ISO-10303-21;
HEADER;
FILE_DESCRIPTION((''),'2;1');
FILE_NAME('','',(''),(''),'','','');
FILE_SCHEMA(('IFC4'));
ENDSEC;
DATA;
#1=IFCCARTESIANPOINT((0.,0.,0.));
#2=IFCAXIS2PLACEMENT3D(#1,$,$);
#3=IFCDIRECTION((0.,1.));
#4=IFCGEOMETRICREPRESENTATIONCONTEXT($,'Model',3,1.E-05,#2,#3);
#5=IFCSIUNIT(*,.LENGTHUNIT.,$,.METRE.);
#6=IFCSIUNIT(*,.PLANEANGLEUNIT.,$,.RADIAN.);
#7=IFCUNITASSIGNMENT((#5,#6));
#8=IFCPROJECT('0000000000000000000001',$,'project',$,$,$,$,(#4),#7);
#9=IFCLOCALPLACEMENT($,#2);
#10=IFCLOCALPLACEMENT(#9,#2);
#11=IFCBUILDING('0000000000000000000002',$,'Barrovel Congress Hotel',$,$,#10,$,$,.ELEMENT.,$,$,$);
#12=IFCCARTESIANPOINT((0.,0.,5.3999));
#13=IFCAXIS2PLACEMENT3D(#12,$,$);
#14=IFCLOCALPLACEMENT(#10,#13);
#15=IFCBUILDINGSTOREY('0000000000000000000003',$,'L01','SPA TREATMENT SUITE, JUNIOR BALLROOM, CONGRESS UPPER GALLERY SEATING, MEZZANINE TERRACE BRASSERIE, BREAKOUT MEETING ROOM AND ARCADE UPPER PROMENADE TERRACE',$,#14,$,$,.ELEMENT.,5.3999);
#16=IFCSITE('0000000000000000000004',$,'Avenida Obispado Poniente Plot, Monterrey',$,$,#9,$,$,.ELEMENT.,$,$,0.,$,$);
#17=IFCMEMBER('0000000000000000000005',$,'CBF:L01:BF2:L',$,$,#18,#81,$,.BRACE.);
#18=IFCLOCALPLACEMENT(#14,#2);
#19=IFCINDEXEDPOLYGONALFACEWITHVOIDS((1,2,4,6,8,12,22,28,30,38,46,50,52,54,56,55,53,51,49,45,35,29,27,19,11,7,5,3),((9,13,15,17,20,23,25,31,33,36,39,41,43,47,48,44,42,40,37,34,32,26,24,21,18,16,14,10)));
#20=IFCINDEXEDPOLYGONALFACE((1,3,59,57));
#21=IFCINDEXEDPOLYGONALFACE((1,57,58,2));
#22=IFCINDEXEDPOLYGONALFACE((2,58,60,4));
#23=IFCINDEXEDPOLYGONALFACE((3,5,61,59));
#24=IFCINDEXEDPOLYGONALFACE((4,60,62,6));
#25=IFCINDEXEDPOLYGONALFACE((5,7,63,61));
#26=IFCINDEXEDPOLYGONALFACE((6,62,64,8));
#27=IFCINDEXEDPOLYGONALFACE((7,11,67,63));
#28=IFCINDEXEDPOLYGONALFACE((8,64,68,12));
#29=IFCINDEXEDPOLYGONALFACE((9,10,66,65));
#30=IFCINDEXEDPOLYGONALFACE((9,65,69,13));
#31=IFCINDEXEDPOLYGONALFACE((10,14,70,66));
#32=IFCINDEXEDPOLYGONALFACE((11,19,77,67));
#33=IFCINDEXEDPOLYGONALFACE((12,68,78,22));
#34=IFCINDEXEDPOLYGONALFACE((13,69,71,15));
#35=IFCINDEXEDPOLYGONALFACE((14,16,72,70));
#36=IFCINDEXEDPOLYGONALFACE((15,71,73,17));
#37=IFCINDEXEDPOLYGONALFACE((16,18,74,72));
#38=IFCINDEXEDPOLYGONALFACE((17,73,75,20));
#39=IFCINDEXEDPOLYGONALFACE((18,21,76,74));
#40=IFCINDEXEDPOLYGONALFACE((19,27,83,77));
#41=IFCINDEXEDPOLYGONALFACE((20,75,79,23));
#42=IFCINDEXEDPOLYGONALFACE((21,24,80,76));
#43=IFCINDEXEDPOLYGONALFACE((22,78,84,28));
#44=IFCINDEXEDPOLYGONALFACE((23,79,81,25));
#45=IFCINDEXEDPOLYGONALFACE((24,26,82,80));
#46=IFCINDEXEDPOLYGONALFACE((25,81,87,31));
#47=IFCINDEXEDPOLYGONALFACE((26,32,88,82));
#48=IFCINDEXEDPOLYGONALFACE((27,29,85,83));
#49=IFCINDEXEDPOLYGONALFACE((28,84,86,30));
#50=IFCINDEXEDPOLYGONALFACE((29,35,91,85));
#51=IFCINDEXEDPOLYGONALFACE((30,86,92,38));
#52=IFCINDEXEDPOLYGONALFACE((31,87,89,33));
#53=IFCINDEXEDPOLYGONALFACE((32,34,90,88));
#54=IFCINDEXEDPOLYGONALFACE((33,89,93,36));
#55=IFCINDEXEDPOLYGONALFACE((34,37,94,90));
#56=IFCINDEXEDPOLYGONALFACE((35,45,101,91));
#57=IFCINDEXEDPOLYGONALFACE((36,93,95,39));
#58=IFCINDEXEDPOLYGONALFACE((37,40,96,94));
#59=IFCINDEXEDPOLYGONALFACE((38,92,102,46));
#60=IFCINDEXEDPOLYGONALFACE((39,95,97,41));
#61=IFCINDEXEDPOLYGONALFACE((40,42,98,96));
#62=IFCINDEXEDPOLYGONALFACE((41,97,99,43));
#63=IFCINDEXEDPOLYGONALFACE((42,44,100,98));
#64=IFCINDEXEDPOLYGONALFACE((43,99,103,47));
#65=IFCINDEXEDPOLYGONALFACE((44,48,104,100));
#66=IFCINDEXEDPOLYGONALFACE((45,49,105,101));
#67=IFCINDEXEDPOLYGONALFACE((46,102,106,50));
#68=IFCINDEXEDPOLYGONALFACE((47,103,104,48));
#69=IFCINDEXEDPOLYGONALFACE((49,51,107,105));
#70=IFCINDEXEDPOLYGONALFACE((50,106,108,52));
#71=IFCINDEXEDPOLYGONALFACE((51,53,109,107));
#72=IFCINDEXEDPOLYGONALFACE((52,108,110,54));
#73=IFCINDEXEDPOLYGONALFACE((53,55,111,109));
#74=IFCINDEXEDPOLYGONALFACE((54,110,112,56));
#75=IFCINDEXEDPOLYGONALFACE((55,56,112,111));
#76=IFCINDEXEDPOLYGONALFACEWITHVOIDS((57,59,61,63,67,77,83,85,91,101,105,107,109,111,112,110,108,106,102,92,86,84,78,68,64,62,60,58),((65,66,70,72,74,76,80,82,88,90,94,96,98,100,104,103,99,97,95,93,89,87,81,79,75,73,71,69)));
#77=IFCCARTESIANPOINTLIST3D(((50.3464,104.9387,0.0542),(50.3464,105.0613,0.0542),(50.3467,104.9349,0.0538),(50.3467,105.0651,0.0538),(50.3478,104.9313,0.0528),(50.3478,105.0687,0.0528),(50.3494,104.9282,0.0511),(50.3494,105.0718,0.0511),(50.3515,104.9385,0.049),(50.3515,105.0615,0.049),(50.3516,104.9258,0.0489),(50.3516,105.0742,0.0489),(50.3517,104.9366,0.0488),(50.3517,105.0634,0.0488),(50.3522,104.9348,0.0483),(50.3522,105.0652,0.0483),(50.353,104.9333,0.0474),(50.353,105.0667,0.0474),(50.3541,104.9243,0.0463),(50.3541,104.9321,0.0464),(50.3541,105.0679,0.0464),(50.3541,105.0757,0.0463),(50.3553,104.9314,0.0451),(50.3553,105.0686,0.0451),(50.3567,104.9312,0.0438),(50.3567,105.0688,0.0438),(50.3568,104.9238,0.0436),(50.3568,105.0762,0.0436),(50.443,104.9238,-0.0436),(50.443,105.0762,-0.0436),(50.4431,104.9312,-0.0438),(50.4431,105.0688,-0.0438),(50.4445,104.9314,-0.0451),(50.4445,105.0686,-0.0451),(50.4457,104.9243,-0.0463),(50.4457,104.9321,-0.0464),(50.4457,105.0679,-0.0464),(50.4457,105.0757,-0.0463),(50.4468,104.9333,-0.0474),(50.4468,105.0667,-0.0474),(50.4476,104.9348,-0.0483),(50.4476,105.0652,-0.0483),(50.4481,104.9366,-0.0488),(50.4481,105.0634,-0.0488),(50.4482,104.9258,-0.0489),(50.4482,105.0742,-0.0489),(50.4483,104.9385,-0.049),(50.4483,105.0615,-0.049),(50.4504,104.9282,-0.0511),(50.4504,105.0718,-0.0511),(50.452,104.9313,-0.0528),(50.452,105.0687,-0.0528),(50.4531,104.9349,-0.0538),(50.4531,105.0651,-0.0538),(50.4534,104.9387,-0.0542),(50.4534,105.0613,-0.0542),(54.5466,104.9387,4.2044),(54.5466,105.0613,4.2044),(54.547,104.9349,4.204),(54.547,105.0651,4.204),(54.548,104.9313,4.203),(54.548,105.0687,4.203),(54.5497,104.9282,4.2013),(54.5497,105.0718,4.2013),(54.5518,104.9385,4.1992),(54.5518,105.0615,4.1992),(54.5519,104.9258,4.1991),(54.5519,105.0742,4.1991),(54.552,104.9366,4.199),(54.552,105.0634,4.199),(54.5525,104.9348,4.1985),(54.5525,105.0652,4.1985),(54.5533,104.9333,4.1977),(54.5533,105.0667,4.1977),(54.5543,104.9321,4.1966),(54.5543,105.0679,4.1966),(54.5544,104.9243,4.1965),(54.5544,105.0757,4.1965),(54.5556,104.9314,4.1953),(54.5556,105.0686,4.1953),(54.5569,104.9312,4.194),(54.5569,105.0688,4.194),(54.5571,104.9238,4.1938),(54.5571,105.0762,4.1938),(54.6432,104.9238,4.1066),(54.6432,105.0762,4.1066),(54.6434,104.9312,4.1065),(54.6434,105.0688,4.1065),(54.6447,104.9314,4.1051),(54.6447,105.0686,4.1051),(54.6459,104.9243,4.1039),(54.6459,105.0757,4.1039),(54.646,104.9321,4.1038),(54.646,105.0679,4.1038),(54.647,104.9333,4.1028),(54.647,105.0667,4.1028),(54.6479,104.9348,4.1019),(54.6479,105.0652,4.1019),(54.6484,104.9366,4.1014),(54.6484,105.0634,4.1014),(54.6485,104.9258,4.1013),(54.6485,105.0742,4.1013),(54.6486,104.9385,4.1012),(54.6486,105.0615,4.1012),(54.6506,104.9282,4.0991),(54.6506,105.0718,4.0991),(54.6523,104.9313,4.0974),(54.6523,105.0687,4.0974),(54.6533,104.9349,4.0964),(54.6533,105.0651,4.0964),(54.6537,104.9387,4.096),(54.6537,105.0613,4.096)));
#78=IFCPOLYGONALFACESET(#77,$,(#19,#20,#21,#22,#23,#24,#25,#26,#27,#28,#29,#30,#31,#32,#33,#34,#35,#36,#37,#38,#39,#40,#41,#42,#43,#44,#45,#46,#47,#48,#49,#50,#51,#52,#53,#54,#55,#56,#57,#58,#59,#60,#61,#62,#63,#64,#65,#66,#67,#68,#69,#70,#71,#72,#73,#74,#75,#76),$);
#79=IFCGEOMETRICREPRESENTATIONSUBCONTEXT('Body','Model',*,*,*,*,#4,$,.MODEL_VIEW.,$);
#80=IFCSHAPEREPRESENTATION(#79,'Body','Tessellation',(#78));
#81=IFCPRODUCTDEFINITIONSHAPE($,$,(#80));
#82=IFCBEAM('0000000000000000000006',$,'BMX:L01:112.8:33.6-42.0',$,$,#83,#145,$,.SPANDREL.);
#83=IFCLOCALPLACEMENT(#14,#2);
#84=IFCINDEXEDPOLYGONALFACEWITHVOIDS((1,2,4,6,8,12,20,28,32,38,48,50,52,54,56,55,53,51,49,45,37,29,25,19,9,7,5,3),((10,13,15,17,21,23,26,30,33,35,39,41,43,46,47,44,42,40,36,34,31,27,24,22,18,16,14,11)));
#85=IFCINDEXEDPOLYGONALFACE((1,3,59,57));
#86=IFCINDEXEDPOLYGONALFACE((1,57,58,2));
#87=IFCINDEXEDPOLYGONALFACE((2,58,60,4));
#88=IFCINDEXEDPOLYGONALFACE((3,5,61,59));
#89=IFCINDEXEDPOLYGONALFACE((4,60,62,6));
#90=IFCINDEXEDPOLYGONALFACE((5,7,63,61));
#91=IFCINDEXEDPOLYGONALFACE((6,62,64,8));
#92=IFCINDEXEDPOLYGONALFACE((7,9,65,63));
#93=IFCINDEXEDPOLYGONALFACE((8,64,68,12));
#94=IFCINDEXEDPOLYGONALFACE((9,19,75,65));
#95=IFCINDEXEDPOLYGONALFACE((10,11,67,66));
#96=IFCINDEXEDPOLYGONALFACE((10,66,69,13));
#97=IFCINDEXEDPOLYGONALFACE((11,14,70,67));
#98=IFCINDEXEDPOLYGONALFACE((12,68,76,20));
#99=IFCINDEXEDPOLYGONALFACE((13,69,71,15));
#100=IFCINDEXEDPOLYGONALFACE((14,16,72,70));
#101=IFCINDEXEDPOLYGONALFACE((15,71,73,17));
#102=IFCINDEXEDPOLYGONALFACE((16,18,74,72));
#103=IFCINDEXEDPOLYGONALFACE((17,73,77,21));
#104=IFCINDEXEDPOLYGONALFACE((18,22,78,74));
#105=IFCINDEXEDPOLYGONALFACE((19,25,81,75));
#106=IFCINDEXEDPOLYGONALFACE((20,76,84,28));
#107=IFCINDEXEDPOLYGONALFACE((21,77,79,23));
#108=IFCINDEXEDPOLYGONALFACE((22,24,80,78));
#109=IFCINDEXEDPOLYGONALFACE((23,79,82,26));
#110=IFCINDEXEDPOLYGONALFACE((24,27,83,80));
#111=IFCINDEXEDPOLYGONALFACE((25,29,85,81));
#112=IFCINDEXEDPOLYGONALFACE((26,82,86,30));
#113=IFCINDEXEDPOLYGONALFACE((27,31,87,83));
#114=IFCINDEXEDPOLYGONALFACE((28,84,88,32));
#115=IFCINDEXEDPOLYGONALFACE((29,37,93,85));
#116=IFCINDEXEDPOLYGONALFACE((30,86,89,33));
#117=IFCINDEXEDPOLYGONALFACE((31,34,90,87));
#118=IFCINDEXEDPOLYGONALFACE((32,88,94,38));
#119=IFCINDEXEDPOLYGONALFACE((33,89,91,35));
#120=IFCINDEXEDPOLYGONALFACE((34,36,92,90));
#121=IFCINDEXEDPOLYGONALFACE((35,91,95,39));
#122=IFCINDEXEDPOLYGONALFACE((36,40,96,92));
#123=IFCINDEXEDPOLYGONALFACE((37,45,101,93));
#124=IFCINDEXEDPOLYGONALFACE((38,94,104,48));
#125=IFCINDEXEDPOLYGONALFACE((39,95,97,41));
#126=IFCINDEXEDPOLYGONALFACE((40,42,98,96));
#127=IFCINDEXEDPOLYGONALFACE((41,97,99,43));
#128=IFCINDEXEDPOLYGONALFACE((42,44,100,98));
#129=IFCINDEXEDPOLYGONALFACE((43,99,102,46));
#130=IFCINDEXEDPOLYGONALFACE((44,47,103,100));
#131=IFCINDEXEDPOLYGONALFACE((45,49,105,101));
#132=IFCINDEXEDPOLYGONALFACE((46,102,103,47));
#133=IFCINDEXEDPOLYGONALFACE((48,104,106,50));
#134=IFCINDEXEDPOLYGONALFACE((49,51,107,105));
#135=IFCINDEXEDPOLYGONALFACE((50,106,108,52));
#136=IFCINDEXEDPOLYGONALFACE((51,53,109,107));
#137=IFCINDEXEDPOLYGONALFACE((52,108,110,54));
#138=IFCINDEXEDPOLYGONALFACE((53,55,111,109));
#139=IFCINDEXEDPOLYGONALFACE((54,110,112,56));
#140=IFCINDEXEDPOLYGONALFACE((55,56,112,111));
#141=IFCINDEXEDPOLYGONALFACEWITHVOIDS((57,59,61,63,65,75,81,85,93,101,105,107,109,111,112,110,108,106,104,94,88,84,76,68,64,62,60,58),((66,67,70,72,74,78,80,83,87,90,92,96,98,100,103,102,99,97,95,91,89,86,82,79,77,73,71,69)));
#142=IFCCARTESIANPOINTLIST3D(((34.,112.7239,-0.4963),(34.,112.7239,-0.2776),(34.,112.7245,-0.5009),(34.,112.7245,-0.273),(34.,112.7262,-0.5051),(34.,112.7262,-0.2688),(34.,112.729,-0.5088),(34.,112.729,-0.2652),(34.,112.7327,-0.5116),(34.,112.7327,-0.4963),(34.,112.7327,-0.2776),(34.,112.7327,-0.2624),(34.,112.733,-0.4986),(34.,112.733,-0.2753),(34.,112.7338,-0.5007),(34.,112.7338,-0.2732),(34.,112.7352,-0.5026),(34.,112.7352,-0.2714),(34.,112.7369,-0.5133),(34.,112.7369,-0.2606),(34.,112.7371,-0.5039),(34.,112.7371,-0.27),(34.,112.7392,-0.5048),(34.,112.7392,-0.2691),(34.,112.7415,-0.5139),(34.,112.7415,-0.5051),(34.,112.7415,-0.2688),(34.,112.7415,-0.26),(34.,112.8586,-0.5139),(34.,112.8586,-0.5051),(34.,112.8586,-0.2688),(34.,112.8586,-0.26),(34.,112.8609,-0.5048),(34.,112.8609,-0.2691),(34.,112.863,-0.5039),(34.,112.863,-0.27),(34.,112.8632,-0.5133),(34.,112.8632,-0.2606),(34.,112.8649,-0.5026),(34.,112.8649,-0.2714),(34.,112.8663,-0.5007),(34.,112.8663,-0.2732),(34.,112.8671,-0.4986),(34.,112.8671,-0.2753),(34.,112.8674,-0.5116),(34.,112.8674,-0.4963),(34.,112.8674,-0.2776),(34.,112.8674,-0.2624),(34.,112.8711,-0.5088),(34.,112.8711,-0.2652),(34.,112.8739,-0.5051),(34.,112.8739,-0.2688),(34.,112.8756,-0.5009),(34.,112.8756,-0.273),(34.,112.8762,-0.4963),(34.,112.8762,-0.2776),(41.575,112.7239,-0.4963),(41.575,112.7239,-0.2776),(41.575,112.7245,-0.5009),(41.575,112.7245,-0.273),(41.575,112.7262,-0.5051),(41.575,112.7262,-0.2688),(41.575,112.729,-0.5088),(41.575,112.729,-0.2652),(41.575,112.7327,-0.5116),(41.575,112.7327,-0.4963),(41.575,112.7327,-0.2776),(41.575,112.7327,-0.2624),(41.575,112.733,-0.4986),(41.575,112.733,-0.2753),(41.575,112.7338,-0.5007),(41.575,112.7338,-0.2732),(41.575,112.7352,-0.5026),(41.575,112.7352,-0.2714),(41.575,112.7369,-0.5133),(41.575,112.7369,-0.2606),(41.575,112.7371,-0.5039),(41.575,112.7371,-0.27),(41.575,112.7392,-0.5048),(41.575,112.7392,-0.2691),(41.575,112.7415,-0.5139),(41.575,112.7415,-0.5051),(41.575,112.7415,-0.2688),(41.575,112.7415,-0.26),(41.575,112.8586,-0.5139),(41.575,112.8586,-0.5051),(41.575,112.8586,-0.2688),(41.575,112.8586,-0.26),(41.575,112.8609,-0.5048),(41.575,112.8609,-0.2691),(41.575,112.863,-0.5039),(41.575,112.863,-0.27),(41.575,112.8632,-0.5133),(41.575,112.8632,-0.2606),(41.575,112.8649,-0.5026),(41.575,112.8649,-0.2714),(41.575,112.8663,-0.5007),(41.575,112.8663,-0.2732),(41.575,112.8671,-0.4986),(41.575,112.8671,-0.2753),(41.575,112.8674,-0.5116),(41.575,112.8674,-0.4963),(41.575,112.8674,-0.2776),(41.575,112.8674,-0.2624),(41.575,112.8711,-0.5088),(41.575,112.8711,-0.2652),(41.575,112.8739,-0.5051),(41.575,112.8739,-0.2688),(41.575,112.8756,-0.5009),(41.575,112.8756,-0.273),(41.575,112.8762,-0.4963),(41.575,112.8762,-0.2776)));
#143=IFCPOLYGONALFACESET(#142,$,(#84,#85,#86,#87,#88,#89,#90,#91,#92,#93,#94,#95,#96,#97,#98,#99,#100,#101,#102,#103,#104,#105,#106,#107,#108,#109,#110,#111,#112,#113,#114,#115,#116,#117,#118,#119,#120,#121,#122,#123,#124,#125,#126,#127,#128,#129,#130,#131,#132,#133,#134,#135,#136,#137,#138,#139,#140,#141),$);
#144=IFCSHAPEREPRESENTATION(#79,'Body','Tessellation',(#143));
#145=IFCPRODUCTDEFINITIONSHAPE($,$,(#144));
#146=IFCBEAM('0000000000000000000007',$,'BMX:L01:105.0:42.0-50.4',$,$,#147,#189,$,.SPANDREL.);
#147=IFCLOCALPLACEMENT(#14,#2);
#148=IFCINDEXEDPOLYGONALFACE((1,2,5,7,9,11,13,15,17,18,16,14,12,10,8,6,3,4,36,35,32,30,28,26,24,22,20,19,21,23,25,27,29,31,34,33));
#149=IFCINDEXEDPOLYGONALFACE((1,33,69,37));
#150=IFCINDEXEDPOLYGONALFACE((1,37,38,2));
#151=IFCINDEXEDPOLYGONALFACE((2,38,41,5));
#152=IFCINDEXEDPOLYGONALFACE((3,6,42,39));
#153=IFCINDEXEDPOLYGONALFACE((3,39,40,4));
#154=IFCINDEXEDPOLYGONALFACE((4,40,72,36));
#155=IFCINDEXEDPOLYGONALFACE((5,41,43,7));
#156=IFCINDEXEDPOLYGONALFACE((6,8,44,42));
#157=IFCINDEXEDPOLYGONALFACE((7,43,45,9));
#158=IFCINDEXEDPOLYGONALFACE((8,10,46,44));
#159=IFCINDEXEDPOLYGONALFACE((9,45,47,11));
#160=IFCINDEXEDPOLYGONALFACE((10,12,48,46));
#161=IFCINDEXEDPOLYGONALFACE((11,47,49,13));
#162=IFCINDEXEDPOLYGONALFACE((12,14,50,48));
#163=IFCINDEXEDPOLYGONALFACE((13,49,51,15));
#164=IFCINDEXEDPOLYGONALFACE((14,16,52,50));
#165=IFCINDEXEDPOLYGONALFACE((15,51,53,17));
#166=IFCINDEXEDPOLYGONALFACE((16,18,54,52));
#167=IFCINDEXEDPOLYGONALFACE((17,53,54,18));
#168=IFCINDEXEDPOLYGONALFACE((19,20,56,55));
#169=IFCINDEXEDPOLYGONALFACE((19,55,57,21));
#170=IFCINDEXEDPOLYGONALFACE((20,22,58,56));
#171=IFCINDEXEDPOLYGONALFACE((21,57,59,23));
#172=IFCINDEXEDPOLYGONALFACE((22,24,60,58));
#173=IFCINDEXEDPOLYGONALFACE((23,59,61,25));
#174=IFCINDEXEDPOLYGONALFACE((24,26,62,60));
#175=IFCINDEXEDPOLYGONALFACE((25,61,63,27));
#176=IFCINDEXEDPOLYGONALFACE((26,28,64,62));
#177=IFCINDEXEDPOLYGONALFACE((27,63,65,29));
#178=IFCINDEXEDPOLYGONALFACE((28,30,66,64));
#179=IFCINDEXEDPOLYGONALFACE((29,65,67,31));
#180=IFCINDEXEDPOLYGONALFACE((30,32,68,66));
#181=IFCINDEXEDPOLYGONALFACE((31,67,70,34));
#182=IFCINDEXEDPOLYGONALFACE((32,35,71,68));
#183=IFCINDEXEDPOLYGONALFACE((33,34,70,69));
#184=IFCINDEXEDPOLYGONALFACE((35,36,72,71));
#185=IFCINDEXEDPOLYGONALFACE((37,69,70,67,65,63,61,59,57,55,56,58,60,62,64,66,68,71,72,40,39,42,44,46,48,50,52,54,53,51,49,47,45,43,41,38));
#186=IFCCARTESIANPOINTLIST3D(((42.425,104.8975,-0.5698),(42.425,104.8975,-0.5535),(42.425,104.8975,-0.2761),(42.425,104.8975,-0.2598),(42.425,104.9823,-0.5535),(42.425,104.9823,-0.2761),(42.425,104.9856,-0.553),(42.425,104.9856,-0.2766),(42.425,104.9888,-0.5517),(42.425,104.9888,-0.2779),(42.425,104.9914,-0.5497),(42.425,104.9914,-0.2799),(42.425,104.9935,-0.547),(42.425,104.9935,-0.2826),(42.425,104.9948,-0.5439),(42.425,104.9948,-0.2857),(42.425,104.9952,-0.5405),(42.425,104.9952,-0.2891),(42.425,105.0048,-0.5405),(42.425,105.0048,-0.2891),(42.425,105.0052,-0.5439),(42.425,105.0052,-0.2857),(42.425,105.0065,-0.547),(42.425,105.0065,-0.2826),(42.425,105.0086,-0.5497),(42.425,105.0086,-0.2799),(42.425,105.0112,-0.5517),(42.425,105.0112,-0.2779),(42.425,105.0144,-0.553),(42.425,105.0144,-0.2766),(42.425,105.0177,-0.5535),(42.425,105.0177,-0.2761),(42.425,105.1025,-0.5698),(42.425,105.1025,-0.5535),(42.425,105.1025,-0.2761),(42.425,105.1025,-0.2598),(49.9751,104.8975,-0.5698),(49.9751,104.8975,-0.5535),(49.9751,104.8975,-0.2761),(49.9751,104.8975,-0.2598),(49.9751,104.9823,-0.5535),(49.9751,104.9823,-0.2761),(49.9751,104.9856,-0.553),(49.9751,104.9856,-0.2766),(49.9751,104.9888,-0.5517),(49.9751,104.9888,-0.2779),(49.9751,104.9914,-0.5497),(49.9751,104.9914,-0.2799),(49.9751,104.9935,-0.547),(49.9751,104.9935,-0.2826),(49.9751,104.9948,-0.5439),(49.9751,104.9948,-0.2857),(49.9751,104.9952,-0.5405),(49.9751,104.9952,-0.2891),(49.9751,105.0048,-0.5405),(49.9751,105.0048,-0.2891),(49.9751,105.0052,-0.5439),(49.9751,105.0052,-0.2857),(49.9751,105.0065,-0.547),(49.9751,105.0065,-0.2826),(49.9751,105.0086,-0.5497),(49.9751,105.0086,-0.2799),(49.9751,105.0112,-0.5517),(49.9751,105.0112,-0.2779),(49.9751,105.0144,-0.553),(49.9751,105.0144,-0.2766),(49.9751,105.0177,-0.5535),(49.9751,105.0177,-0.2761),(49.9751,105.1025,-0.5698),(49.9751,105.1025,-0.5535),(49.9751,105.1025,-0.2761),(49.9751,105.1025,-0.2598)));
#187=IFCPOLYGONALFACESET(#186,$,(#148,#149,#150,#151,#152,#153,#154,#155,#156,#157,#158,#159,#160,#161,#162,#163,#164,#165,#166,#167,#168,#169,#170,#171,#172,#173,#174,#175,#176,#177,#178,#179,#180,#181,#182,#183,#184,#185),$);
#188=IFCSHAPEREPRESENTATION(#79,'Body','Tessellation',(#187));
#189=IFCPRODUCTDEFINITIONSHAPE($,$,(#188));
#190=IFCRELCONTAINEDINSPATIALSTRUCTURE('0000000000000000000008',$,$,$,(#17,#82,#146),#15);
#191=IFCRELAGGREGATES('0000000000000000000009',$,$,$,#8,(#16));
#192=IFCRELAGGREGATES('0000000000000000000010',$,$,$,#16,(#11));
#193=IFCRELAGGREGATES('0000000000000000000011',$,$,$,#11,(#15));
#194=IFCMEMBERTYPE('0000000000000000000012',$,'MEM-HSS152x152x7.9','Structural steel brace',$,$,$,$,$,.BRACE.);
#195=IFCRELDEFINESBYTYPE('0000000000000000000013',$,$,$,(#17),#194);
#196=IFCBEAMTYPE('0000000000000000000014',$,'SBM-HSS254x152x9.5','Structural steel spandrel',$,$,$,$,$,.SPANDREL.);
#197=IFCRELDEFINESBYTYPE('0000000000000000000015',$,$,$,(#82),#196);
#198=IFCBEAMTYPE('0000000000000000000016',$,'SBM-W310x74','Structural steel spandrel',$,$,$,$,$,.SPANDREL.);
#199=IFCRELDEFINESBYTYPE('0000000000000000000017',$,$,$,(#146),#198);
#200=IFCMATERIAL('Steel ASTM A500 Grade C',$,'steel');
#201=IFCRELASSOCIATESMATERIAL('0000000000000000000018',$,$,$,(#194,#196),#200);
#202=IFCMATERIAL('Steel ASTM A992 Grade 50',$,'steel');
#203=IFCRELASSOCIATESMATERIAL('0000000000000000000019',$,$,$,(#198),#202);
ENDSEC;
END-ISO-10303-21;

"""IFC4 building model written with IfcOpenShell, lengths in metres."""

from ifc_helpers import new_model, si_unit, direction, frame, origin, origin_2d, place, context, subcontext, project, spatial, hollow_rectangle, i_section, extrude, material, material_profile, profile_set, type_object, element, save


model = new_model("IFC4")

# Units and contexts
model_context = context("Model", 3, precision=1e-05, world=origin(), true_north=direction((0.0, 1.0)))
body_context = subcontext(model_context, "Body", "Model", "MODEL_VIEW")
ifc_project = project(units=[si_unit("LENGTHUNIT", "METRE"), si_unit("PLANEANGLEUNIT", "RADIAN")], contexts=[model_context])

# Site, building, storey
site_placement = place(None, origin())
site = spatial("IfcSite", under=ifc_project, at=site_placement, Name="Avenida Obispado Poniente Plot, Monterrey", CompositionType="ELEMENT", RefElevation=0.0)
building_placement = place(site_placement, origin())
building = spatial("IfcBuilding", under=site, at=building_placement, Name="Barrovel Congress Hotel", CompositionType="ELEMENT")
storey_placement = place(building_placement, frame((0.0, 0.0, 5.3999)))
storey = spatial("IfcBuildingStorey", under=building, at=storey_placement, Name="L01", Description="SPA TREATMENT SUITE, JUNIOR BALLROOM, CONGRESS UPPER GALLERY SEATING, MEZZANINE TERRACE BRASSERIE, BREAKOUT MEETING ROOM AND ARCADE UPPER PROMENADE TERRACE", CompositionType="ELEMENT", Elevation=5.3999)

# Member
ifc_material_1 = material(Name="Steel ASTM A500 Grade C", Category="steel")
ifc_material_profile_1 = material_profile(ifc_material_1, hollow_rectangle(XDim=0.1523, YDim=0.1523, WallThickness=0.0073, InnerFilletRadius=0.0073, OuterFilletRadius=0.0149, at=origin_2d()), Name="HSS152x152x7.9")
ifc_profile_set_1 = profile_set([ifc_material_profile_1], Name="Steel ASTM A500 Grade C")
member_type = type_object("IfcMemberType", Name="MEM-HSS152x152x7.9", Description="Structural steel brace", PredefinedType="BRACE", material=ifc_profile_set_1)
member_placement = place(storey_placement, frame((50.3999, 105.0, 0.0), z_axis=(0.711332, 0.0, 0.702856), x_axis=(0.0, 1.0, 0.0)))
element("IfcMember", 1, at=member_placement, inside=storey, type_object=member_type, Name="CBF:L01:BF2:L", PredefinedType="BRACE", context=body_context, shape_type="SweptSolid", body=[
    extrude(hollow_rectangle(XDim=0.1523, YDim=0.1523, WallThickness=0.0073, InnerFilletRadius=0.0073, OuterFilletRadius=0.0149, at=origin_2d()), origin(), (0.0, 0.0, 1.0), 5.9048),
])

# Beams
ifc_material_profile_2 = material_profile(ifc_material_1, hollow_rectangle(XDim=0.1523, YDim=0.2539, WallThickness=0.0088, InnerFilletRadius=0.0088, OuterFilletRadius=0.0176, at=origin_2d()), Name="HSS254x152x9.5")
ifc_profile_set_2 = profile_set([ifc_material_profile_2], Name="Steel ASTM A500 Grade C")
beam_type_1 = type_object("IfcBeamType", Name="SBM-HSS254x152x9.5", Description="Structural steel spandrel", PredefinedType="SPANDREL", material=ifc_profile_set_2)
beam_1_placement = place(storey_placement, frame((34.0, 112.8, -0.387), z_axis=(1.0, 0.0, 0.0), x_axis=(0.0, 1.0, 0.0)))
element("IfcBeam", 2, at=beam_1_placement, inside=storey, type_object=beam_type_1, Name="BMX:L01:112.8:33.6-42.0", PredefinedType="SPANDREL", context=body_context, shape_type="SweptSolid", body=[
    extrude(hollow_rectangle(XDim=0.1523, YDim=0.2539, WallThickness=0.0088, InnerFilletRadius=0.0088, OuterFilletRadius=0.0176, at=origin_2d()), origin(), (0.0, 0.0, 1.0), 7.575),
])
ifc_material_2 = material(Name="Steel ASTM A992 Grade 50", Category="steel")
ifc_material_profile_3 = material_profile(ifc_material_2, i_section(OverallWidth=0.2051, OverallDepth=0.3101, WebThickness=0.0095, FlangeThickness=0.0164, FilletRadius=0.0129, at=origin_2d()), Name="W310x74")
ifc_profile_set_3 = profile_set([ifc_material_profile_3], Name="Steel ASTM A992 Grade 50")
beam_type_2 = type_object("IfcBeamType", Name="SBM-W310x74", Description="Structural steel spandrel", PredefinedType="SPANDREL", material=ifc_profile_set_3)
beam_2_placement = place(storey_placement, frame((42.425, 105.0, -0.4148), z_axis=(1.0, 0.0, 0.0), x_axis=(0.0, 1.0, 0.0)))
element("IfcBeam", 3, at=beam_2_placement, inside=storey, type_object=beam_type_2, Name="BMX:L01:105.0:42.0-50.4", PredefinedType="SPANDREL", context=body_context, shape_type="SweptSolid", body=[
    extrude(i_section(OverallWidth=0.2051, OverallDepth=0.3101, WebThickness=0.0095, FlangeThickness=0.0164, FilletRadius=0.0129, at=origin_2d()), origin(), (0.0, 0.0, 1.0), 7.55),
])

save(model, "model.ifc")
